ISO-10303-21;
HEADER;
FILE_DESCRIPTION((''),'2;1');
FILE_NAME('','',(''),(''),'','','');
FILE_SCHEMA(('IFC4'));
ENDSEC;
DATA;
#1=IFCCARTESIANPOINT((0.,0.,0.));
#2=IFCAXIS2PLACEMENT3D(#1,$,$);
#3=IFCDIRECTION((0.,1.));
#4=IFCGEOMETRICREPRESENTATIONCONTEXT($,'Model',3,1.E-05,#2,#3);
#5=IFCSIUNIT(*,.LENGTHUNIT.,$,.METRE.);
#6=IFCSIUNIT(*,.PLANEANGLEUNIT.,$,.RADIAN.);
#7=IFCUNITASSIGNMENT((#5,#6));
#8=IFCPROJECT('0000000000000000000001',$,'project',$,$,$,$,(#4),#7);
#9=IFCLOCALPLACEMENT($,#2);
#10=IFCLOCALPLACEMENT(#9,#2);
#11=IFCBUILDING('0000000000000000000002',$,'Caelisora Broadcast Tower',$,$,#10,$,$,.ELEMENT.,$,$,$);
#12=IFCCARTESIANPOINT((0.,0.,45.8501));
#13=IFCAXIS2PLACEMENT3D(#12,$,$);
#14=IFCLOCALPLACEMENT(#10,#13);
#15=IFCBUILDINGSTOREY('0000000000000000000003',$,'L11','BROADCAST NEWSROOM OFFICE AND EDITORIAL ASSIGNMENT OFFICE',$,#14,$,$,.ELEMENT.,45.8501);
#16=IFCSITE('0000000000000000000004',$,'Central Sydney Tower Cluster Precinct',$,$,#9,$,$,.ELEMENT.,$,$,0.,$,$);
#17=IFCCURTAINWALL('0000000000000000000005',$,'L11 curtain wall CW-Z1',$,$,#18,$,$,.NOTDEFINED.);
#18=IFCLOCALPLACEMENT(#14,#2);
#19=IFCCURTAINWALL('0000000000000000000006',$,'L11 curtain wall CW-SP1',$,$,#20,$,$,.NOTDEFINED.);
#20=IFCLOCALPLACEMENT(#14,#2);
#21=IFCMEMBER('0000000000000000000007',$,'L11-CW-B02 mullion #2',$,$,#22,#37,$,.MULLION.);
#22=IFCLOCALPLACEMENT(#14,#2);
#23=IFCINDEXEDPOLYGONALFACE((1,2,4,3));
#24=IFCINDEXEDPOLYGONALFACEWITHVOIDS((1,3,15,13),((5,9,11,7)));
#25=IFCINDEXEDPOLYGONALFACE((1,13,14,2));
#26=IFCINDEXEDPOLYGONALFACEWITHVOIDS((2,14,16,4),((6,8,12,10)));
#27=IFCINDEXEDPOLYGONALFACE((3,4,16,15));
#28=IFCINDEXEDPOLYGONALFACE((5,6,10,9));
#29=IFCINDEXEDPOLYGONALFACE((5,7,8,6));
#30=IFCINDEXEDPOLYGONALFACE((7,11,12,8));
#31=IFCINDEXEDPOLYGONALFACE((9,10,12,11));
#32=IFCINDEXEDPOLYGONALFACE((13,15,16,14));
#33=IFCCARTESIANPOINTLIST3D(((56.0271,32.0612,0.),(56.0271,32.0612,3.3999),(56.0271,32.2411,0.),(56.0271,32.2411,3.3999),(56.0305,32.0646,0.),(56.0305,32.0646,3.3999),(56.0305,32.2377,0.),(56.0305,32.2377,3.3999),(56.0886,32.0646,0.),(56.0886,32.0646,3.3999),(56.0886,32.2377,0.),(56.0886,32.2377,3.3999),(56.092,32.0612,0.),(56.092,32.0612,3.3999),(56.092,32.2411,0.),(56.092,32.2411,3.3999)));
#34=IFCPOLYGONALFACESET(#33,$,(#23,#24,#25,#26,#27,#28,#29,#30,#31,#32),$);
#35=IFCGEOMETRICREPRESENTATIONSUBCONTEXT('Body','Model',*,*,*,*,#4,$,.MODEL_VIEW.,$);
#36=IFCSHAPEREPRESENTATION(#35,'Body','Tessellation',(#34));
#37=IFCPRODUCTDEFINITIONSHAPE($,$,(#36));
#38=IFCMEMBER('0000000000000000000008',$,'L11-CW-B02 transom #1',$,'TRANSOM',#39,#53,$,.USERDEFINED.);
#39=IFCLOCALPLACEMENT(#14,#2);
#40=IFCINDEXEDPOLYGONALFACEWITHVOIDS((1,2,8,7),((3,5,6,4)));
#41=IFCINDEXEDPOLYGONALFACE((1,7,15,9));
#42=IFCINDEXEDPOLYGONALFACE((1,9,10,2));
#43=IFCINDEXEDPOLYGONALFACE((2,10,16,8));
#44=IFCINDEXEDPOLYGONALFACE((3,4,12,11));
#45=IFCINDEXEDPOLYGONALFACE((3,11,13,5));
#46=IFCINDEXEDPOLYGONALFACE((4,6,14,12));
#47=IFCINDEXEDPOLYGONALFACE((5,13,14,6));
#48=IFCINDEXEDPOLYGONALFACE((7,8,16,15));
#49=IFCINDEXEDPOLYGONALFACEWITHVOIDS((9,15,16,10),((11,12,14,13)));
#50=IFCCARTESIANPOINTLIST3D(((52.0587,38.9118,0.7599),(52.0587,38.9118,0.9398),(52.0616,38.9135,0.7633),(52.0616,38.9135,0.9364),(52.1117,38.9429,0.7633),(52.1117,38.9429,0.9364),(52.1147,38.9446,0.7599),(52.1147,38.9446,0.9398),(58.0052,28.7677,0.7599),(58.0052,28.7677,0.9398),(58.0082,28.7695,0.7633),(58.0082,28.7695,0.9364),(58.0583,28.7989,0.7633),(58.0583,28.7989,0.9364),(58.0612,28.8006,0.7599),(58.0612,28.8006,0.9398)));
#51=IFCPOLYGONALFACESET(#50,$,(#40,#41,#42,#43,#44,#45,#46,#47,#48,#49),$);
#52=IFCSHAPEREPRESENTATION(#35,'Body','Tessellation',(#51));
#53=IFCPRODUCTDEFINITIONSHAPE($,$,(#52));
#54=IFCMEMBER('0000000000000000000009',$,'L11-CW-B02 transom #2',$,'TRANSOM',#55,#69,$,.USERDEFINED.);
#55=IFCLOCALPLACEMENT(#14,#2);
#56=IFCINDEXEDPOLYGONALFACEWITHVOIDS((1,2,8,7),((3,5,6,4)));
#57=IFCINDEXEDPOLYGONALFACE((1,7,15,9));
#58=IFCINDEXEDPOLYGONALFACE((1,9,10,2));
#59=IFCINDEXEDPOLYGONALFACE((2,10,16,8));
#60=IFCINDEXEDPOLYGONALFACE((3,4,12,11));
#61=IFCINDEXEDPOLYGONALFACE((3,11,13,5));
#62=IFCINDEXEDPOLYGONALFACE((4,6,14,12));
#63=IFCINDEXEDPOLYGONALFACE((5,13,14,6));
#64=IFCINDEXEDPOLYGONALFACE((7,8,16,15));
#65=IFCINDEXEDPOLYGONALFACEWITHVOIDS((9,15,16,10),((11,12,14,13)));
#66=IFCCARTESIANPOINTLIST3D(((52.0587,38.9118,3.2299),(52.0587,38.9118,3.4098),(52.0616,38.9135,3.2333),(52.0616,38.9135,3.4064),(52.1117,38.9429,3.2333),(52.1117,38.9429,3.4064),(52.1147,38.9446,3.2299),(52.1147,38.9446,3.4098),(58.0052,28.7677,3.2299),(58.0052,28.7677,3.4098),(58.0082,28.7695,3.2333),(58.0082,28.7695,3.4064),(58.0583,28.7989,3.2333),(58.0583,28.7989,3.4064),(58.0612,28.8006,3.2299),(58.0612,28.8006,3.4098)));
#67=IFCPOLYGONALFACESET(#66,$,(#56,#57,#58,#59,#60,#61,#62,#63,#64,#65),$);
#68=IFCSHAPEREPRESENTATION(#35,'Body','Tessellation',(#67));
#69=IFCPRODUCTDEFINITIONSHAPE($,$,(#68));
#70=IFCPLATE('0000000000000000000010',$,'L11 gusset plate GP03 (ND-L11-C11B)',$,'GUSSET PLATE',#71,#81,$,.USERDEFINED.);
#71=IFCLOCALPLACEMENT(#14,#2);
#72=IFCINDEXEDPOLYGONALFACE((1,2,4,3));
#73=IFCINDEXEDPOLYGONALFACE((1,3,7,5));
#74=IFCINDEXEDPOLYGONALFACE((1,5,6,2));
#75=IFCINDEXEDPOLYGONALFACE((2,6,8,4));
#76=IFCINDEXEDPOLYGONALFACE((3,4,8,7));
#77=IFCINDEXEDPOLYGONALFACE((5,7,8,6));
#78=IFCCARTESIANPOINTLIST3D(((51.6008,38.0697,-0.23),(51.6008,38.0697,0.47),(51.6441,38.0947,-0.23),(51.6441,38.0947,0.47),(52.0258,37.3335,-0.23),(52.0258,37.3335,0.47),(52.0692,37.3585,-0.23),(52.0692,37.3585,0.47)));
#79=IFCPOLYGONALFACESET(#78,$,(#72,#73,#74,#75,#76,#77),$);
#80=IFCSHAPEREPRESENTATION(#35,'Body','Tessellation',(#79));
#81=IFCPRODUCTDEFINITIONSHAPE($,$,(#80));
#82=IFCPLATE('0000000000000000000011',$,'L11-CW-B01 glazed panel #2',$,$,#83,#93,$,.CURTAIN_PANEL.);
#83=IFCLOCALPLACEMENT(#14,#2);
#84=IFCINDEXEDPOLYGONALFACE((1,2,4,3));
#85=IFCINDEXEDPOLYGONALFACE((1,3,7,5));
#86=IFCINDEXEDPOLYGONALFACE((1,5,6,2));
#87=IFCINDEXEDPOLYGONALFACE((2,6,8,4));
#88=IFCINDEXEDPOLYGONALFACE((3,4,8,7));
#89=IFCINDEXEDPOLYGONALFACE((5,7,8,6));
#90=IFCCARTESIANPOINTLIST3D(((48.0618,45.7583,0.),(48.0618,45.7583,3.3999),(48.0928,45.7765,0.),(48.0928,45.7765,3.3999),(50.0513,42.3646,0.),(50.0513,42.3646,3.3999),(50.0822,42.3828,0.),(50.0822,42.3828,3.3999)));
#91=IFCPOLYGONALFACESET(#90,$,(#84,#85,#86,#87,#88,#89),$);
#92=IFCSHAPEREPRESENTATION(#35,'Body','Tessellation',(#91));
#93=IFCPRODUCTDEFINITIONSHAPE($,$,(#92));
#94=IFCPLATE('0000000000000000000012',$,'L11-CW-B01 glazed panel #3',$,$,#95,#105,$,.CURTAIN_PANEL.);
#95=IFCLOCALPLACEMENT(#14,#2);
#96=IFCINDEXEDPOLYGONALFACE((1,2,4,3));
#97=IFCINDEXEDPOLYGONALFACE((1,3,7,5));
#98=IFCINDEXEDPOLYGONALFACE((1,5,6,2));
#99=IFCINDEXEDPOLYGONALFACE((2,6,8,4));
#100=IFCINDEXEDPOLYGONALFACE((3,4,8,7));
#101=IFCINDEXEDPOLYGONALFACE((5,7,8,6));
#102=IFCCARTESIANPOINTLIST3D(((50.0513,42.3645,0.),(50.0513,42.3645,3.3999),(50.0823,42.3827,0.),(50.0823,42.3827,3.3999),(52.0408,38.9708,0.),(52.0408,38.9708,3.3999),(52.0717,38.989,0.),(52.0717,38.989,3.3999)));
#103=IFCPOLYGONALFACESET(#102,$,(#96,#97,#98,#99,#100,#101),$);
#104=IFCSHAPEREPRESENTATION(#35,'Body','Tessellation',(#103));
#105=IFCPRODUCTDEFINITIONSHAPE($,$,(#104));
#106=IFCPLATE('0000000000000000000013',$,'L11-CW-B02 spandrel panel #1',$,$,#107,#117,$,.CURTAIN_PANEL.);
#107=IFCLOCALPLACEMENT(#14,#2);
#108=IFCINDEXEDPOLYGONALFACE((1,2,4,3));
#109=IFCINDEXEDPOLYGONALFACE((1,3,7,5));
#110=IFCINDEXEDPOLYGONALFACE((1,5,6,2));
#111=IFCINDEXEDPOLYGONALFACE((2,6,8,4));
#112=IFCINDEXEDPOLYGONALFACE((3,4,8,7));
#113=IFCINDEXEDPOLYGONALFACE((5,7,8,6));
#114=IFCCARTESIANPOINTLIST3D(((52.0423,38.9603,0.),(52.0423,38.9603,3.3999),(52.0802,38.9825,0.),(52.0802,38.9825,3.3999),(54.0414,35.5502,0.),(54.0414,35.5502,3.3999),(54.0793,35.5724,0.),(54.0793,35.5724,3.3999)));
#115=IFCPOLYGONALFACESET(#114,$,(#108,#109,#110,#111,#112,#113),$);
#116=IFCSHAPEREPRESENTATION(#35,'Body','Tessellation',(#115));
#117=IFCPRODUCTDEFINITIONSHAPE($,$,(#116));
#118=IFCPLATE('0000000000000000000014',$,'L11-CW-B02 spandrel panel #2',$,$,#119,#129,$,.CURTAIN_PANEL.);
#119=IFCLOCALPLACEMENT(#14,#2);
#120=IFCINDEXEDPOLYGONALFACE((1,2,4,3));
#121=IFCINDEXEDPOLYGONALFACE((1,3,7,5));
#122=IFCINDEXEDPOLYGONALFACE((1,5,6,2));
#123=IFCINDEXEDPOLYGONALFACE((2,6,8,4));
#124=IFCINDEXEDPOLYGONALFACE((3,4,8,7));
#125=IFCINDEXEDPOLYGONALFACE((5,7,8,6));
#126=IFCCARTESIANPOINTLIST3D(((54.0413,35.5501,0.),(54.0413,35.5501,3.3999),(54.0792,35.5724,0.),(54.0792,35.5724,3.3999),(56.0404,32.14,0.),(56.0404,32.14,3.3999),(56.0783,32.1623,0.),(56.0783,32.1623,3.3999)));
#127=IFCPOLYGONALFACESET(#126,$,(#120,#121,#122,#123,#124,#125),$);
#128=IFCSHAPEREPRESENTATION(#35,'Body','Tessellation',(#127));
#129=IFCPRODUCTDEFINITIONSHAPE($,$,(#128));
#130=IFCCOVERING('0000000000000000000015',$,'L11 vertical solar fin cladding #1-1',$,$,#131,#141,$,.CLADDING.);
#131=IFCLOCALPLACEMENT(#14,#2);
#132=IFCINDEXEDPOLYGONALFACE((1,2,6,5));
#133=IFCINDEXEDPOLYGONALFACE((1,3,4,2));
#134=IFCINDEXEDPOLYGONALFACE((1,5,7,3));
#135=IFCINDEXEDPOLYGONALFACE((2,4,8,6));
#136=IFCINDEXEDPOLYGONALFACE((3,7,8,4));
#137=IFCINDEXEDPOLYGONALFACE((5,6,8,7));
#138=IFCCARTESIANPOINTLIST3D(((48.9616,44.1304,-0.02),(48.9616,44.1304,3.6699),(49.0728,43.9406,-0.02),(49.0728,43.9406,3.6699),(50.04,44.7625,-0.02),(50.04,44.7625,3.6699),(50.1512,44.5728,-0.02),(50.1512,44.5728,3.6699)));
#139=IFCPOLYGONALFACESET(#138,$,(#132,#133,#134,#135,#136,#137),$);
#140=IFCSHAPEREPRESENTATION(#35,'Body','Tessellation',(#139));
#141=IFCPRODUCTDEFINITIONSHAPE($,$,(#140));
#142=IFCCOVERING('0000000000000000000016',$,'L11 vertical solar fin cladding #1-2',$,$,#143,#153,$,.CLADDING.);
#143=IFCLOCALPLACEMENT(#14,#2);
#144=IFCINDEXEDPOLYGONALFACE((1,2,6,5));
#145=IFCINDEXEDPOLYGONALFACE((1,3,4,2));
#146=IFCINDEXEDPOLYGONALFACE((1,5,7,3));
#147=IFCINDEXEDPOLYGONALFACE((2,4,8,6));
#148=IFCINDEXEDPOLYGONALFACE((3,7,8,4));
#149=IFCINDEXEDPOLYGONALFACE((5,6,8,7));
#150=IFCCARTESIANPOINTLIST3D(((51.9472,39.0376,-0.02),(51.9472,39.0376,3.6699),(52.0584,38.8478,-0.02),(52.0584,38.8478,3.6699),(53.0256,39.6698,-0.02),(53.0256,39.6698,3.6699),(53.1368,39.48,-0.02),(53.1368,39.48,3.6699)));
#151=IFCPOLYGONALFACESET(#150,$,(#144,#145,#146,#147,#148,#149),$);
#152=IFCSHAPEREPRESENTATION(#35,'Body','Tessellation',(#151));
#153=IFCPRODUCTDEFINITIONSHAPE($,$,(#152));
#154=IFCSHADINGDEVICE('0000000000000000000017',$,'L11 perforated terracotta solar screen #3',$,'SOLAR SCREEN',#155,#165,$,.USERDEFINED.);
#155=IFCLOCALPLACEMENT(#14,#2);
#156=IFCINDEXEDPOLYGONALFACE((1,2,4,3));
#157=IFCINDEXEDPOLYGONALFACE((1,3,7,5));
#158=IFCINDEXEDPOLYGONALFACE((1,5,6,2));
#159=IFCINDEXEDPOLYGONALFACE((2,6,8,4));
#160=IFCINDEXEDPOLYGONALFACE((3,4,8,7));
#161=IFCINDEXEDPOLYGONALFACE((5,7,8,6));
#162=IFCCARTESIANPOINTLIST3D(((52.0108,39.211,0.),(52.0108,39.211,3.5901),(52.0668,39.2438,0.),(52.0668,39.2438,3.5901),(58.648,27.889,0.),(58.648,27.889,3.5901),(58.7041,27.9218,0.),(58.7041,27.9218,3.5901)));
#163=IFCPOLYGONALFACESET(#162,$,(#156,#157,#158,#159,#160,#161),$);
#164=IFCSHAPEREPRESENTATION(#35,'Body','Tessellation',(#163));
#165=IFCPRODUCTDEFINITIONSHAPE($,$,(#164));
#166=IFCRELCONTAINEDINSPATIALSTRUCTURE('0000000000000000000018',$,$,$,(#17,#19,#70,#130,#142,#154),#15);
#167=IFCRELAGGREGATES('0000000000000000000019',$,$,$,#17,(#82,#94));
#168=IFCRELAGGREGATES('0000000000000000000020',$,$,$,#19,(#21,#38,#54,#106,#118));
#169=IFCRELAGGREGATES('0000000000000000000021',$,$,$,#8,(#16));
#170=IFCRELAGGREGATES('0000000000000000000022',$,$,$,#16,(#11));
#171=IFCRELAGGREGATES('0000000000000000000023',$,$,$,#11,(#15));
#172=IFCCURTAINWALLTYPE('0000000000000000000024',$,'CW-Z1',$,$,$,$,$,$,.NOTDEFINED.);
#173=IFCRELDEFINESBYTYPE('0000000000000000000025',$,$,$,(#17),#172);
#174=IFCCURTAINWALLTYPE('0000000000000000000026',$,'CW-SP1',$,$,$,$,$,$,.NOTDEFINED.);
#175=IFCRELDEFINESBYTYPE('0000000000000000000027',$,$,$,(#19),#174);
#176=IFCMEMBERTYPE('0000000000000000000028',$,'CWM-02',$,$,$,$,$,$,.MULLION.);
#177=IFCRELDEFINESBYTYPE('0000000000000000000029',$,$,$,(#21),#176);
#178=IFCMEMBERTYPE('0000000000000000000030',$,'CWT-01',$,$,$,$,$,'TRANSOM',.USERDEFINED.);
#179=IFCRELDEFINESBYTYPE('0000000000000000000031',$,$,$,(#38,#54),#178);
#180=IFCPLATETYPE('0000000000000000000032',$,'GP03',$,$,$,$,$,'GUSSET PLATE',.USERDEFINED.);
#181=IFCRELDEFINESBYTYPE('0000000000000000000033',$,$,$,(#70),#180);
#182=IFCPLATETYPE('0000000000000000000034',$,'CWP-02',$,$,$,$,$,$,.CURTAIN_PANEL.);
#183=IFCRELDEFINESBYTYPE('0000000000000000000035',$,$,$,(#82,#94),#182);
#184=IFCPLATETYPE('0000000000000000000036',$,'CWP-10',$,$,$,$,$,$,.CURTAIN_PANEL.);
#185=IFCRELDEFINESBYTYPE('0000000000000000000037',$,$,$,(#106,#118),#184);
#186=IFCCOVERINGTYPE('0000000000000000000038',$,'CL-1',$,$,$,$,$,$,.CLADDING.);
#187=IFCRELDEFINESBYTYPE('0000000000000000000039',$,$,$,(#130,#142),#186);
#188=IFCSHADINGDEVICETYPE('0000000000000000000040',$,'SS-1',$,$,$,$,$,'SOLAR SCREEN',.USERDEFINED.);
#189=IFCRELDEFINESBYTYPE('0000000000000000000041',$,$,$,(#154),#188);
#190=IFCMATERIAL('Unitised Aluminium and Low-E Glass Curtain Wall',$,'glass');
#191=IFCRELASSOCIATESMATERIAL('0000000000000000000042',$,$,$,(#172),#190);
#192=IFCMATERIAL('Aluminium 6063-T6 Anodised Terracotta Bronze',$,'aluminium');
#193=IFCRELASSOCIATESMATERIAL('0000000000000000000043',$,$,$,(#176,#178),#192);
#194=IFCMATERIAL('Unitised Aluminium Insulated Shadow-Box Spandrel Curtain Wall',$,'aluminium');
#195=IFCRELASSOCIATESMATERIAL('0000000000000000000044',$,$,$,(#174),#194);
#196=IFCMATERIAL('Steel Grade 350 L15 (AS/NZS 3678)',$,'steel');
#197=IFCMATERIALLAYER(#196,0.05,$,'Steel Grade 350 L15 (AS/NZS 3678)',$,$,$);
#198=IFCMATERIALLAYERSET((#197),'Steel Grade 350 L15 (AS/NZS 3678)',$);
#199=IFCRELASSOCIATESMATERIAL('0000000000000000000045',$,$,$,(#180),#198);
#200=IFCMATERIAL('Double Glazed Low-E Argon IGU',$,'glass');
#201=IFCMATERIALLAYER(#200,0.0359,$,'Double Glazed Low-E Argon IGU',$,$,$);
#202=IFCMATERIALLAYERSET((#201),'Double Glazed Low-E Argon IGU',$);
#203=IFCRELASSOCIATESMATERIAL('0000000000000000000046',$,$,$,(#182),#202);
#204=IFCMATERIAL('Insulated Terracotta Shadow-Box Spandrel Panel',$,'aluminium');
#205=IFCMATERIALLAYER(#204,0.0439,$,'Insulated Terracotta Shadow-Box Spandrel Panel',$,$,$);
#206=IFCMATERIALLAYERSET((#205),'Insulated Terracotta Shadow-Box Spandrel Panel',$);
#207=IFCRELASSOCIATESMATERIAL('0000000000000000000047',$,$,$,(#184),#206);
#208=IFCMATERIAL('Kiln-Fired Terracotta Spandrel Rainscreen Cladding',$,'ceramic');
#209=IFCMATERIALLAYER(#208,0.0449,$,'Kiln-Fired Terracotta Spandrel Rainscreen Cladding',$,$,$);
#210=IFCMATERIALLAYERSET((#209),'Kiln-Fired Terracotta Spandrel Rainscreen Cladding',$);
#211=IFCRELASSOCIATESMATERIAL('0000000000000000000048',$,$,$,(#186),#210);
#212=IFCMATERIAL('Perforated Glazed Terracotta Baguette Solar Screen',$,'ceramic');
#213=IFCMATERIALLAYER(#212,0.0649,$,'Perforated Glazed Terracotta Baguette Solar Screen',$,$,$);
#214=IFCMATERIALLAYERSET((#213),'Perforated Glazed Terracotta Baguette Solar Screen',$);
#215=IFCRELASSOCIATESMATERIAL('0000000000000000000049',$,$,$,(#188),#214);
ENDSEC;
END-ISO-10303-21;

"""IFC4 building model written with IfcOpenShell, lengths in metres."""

from ifc_helpers import new_model, si_unit, direction, frame, origin, origin_2d, place, context, subcontext, project, spatial, rectangle, hollow_rectangle, extrude, source, transform, mapped, material, layer, layer_set, material_profile, profile_set, type_object, type_shapes, element, aggregate, save


model = new_model("IFC4")

# Units and contexts
model_context = context("Model", 3, precision=1e-05, world=origin(), true_north=direction((0.0, 1.0)))
body_context = subcontext(model_context, "Body", "Model", "MODEL_VIEW")
ifc_project = project(units=[si_unit("LENGTHUNIT", "METRE"), si_unit("PLANEANGLEUNIT", "RADIAN")], contexts=[model_context])

# Site, building, storey
site_placement = place(None, origin())
site = spatial("IfcSite", under=ifc_project, at=site_placement, Name="Central Sydney Tower Cluster Precinct", CompositionType="ELEMENT", RefElevation=0.0)
building_placement = place(site_placement, origin())
building = spatial("IfcBuilding", under=site, at=building_placement, Name="Caelisora Broadcast Tower", CompositionType="ELEMENT")
storey_placement = place(building_placement, frame((0.0, 0.0, 45.8501)))
storey = spatial("IfcBuildingStorey", under=building, at=storey_placement, Name="L11", Description="BROADCAST NEWSROOM OFFICE AND EDITORIAL ASSIGNMENT OFFICE", CompositionType="ELEMENT", Elevation=45.8501)

# Shared definitions
ifc_material_1 = material(Name="Steel Grade 350 L15 (AS/NZS 3678)", Category="steel")

# Curtain walls, members
ifc_material_2 = material(Name="Unitised Aluminium and Low-E Glass Curtain Wall", Category="glass")
curtain_wall_type_1 = type_object("IfcCurtainWallType", Name="CW-Z1", PredefinedType="NOTDEFINED", material=ifc_material_2)
curtain_wall_1_placement = place(storey_placement, origin())
curtain_wall_1 = element("IfcCurtainWall", 1, at=curtain_wall_1_placement, inside=storey, type_object=curtain_wall_type_1, Name="L11 curtain wall CW-Z1", PredefinedType="NOTDEFINED")
ifc_material_3 = material(Name="Aluminium 6063-T6 Anodised Terracotta Bronze", Category="aluminium")
ifc_material_profile_1 = material_profile(ifc_material_3, hollow_rectangle(XDim=0.0649, YDim=0.1799, WallThickness=0.0034, at=origin_2d()), Name="Aluminium 6063-T6 Anodised Terracotta Bronze")
ifc_profile_set_1 = profile_set([ifc_material_profile_1], Name="Aluminium 6063-T6 Anodised Terracotta Bronze")
member_type_1 = type_object("IfcMemberType", Name="CWM-02", PredefinedType="MULLION", material=ifc_profile_set_1)
shared_shape_1 = source(origin(), body_context, "Body", "SweptSolid", [
    extrude(hollow_rectangle(XDim=0.0649, YDim=0.1799, WallThickness=0.0034, at=origin_2d()), origin(), (0.0, 0.0, 1.0), 3.3999),
])
type_shapes(member_type_1, [shared_shape_1])
ifc_material_4 = material(Name="Unitised Aluminium Insulated Shadow-Box Spandrel Curtain Wall", Category="aluminium")
curtain_wall_type_2 = type_object("IfcCurtainWallType", Name="CW-SP1", PredefinedType="NOTDEFINED", material=ifc_material_4)
curtain_wall_2_placement = place(storey_placement, origin())
curtain_wall_2 = element("IfcCurtainWall", 2, at=curtain_wall_2_placement, inside=storey, type_object=curtain_wall_type_2, Name="L11 curtain wall CW-SP1", PredefinedType="NOTDEFINED")
member_1_placement = place(storey_placement, frame((56.0596, 32.1511, 0.0), z_axis=(0.0, 0.0, 1.0), x_axis=(1.0, 0.0, 0.0)))
member_1 = element("IfcMember", 3, at=member_1_placement, type_object=member_type_1, Name="L11-CW-B02 mullion #2", PredefinedType="MULLION", context=body_context, shape_type="MappedRepresentation", body=[
    mapped(shared_shape_1, transform((0.0, 0.0, 0.0), scale=1.0)),
])
ifc_material_profile_2 = material_profile(ifc_material_3, hollow_rectangle(XDim=0.0649, YDim=0.1799, WallThickness=0.0034, at=origin_2d()), Name="Aluminium 6063-T6 Anodised Terracotta Bronze")
ifc_profile_set_2 = profile_set([ifc_material_profile_2], Name="Aluminium 6063-T6 Anodised Terracotta Bronze")
member_type_2 = type_object("IfcMemberType", Name="CWT-01", ElementType="TRANSOM", PredefinedType="USERDEFINED", material=ifc_profile_set_2)
shared_shape_2 = source(origin(), body_context, "Body", "SweptSolid", [
    extrude(hollow_rectangle(XDim=0.0649, YDim=0.1799, WallThickness=0.0034, at=origin_2d()), origin(), (0.0, 0.0, 1.0), 11.7585),
])
type_shapes(member_type_2, [shared_shape_2])
member_2_placement = place(storey_placement, frame((52.0867, 38.9282, 0.8499), z_axis=(0.505721, -0.862697, 0.0), x_axis=(0.862697, 0.505721, 0.0)))
member_2 = element("IfcMember", 4, at=member_2_placement, type_object=member_type_2, Name="L11-CW-B02 transom #1", ObjectType="TRANSOM", PredefinedType="USERDEFINED", context=body_context, shape_type="MappedRepresentation", body=[
    mapped(shared_shape_2, transform((0.0, 0.0, 0.0), scale=1.0)),
])
member_3_placement = place(storey_placement, frame((52.0867, 38.9282, 3.3198), z_axis=(0.505721, -0.862697, 0.0), x_axis=(0.862697, 0.505721, 0.0)))
member_3 = element("IfcMember", 5, at=member_3_placement, type_object=member_type_2, Name="L11-CW-B02 transom #2", ObjectType="TRANSOM", PredefinedType="USERDEFINED", context=body_context, shape_type="MappedRepresentation", body=[
    mapped(shared_shape_2, transform((0.0, 0.0, 0.0), scale=1.0)),
])

# Plates
ifc_layer_1 = layer(ifc_material_1, 0.05, Name="Steel Grade 350 L15 (AS/NZS 3678)")
ifc_layer_set_1 = layer_set([ifc_layer_1], Name="Steel Grade 350 L15 (AS/NZS 3678)")
plate_type_1 = type_object("IfcPlateType", Name="GP03", ElementType="GUSSET PLATE", PredefinedType="USERDEFINED", material=ifc_layer_set_1)
shared_shape_3 = source(origin(), body_context, "Body", "SweptSolid", [
    extrude(rectangle(XDim=0.8501, YDim=0.05, at=origin_2d()), origin(), (0.0, 0.0, 1.0), 0.7),
])
type_shapes(plate_type_1, [shared_shape_3])
plate_1_placement = place(storey_placement, frame((51.835, 37.7141, -0.23), z_axis=(0.0, 0.0, 1.0), x_axis=(-0.5, 0.866025, 0.0)))
element("IfcPlate", 6, at=plate_1_placement, inside=storey, type_object=plate_type_1, Name="L11 gusset plate GP03 (ND-L11-C11B)", ObjectType="GUSSET PLATE", PredefinedType="USERDEFINED", context=body_context, shape_type="MappedRepresentation", body=[
    mapped(shared_shape_3, transform((0.0, 0.0, 0.0), scale=1.0)),
])
ifc_material_5 = material(Name="Double Glazed Low-E Argon IGU", Category="glass")
ifc_layer_2 = layer(ifc_material_5, 0.0359, Name="Double Glazed Low-E Argon IGU")
ifc_layer_set_2 = layer_set([ifc_layer_2], Name="Double Glazed Low-E Argon IGU")
plate_type_2 = type_object("IfcPlateType", Name="CWP-02", PredefinedType="CURTAIN_PANEL", material=ifc_layer_set_2)
shared_shape_4 = source(origin(), body_context, "Body", "SweptSolid", [
    extrude(rectangle(XDim=3.9338, YDim=0.0359, at=origin_2d()), origin(), (0.0, 0.0, 1.0), 3.3999),
])
type_shapes(plate_type_2, [shared_shape_4])
plate_2_placement = place(storey_placement, frame((49.072, 44.0706, 0.0), z_axis=(0.0, 0.0, 1.0), x_axis=(0.505733, -0.86269, 0.0)))
plate_2 = element("IfcPlate", 7, at=plate_2_placement, type_object=plate_type_2, Name="L11-CW-B01 glazed panel #2", PredefinedType="CURTAIN_PANEL", context=body_context, shape_type="MappedRepresentation", body=[
    mapped(shared_shape_4, transform((0.0, 0.0, 0.0), scale=1.0)),
])
plate_3_placement = place(storey_placement, frame((51.0615, 40.6768, 0.0), z_axis=(0.0, 0.0, 1.0), x_axis=(0.505733, -0.86269, 0.0)))
plate_3 = element("IfcPlate", 8, at=plate_3_placement, type_object=plate_type_2, Name="L11-CW-B01 glazed panel #3", PredefinedType="CURTAIN_PANEL", context=body_context, shape_type="MappedRepresentation", body=[
    mapped(shared_shape_4, transform((0.0, 0.0, 0.0), scale=1.0)),
])
aggregate(curtain_wall_1, [plate_2, plate_3])
ifc_material_6 = material(Name="Insulated Terracotta Shadow-Box Spandrel Panel", Category="aluminium")
ifc_layer_3 = layer(ifc_material_6, 0.0439, Name="Insulated Terracotta Shadow-Box Spandrel Panel")
ifc_layer_set_3 = layer_set([ifc_layer_3], Name="Insulated Terracotta Shadow-Box Spandrel Panel")
plate_type_3 = type_object("IfcPlateType", Name="CWP-10", PredefinedType="CURTAIN_PANEL", material=ifc_layer_set_3)
shared_shape_5 = source(origin(), body_context, "Body", "SweptSolid", [
    extrude(rectangle(XDim=3.9529, YDim=0.0439, at=origin_2d()), origin(), (0.0, 0.0, 1.0), 3.3999),
])
type_shapes(plate_type_3, [shared_shape_5])
plate_4_placement = place(storey_placement, frame((53.0608, 37.2664, 0.0), z_axis=(0.0, 0.0, 1.0), x_axis=(0.505733, -0.86269, 0.0)))
plate_4 = element("IfcPlate", 9, at=plate_4_placement, type_object=plate_type_3, Name="L11-CW-B02 spandrel panel #1", PredefinedType="CURTAIN_PANEL", context=body_context, shape_type="MappedRepresentation", body=[
    mapped(shared_shape_5, transform((0.0, 0.0, 0.0), scale=1.0)),
])
plate_5_placement = place(storey_placement, frame((55.0598, 33.8562, 0.0), z_axis=(0.0, 0.0, 1.0), x_axis=(0.505733, -0.86269, 0.0)))
plate_5 = element("IfcPlate", 10, at=plate_5_placement, type_object=plate_type_3, Name="L11-CW-B02 spandrel panel #2", PredefinedType="CURTAIN_PANEL", context=body_context, shape_type="MappedRepresentation", body=[
    mapped(shared_shape_5, transform((0.0, 0.0, 0.0), scale=1.0)),
])
aggregate(curtain_wall_2, [member_1, member_2, member_3, plate_4, plate_5])

# Coverings
ifc_material_7 = material(Name="Kiln-Fired Terracotta Spandrel Rainscreen Cladding", Category="ceramic")
ifc_layer_4 = layer(ifc_material_7, 0.0449, Name="Kiln-Fired Terracotta Spandrel Rainscreen Cladding")
ifc_layer_set_4 = layer_set([ifc_layer_4], Name="Kiln-Fired Terracotta Spandrel Rainscreen Cladding")
covering_type = type_object("IfcCoveringType", Name="CL-1", PredefinedType="CLADDING", material=ifc_layer_set_4)
shared_shape_6 = source(origin(), body_context, "Body", "SweptSolid", [
    extrude(rectangle(XDim=0.22, YDim=1.25, at=origin_2d()), origin(), (0.0, 0.0, 1.0), 3.6899),
])
type_shapes(covering_type, [shared_shape_6])
for number, where, z_axis, x_axis, name in (
    (11, (49.5564, 44.3516, -0.02), (0.0, 0.0, 1.0), (0.505733, -0.86269, 0.0), "L11 vertical solar fin cladding #1-1"),
    (12, (52.542, 39.2588, -0.02), (0.0, 0.0, 1.0), (0.505733, -0.86269, 0.0), "L11 vertical solar fin cladding #1-2"),
):
    element("IfcCovering", number, at=place(storey_placement, frame(where, z_axis=z_axis, x_axis=x_axis)), inside=storey, type_object=covering_type, Name=name, PredefinedType="CLADDING", context=body_context, shape_type="MappedRepresentation", body=[
        mapped(shared_shape_6, transform((0.0, 0.0, 0.0), scale=1.0)),
    ])

# Shading device
ifc_material_8 = material(Name="Perforated Glazed Terracotta Baguette Solar Screen", Category="ceramic")
ifc_layer_5 = layer(ifc_material_8, 0.0649, Name="Perforated Glazed Terracotta Baguette Solar Screen")
ifc_layer_set_5 = layer_set([ifc_layer_5], Name="Perforated Glazed Terracotta Baguette Solar Screen")
shading_device_type = type_object("IfcShadingDeviceType", Name="SS-1", ElementType="SOLAR SCREEN", PredefinedType="USERDEFINED", material=ifc_layer_set_5)
shared_shape_7 = source(origin(), body_context, "Body", "SweptSolid", [
    extrude(rectangle(XDim=13.124, YDim=0.0649, at=origin_2d()), origin(), (0.0, 0.0, 1.0), 3.5901),
])
type_shapes(shading_device_type, [shared_shape_7])
shading_device_placement = place(storey_placement, frame((55.3574, 33.5664, 0.0), z_axis=(0.0, 0.0, 1.0), x_axis=(-0.505733, 0.86269, 0.0)))
element("IfcShadingDevice", 13, at=shading_device_placement, inside=storey, type_object=shading_device_type, Name="L11 perforated terracotta solar screen #3", ObjectType="SOLAR SCREEN", PredefinedType="USERDEFINED", context=body_context, shape_type="MappedRepresentation", body=[
    mapped(shared_shape_7, transform((0.0, 0.0, 0.0), scale=1.0)),
])

save(model, "model.ifc")
